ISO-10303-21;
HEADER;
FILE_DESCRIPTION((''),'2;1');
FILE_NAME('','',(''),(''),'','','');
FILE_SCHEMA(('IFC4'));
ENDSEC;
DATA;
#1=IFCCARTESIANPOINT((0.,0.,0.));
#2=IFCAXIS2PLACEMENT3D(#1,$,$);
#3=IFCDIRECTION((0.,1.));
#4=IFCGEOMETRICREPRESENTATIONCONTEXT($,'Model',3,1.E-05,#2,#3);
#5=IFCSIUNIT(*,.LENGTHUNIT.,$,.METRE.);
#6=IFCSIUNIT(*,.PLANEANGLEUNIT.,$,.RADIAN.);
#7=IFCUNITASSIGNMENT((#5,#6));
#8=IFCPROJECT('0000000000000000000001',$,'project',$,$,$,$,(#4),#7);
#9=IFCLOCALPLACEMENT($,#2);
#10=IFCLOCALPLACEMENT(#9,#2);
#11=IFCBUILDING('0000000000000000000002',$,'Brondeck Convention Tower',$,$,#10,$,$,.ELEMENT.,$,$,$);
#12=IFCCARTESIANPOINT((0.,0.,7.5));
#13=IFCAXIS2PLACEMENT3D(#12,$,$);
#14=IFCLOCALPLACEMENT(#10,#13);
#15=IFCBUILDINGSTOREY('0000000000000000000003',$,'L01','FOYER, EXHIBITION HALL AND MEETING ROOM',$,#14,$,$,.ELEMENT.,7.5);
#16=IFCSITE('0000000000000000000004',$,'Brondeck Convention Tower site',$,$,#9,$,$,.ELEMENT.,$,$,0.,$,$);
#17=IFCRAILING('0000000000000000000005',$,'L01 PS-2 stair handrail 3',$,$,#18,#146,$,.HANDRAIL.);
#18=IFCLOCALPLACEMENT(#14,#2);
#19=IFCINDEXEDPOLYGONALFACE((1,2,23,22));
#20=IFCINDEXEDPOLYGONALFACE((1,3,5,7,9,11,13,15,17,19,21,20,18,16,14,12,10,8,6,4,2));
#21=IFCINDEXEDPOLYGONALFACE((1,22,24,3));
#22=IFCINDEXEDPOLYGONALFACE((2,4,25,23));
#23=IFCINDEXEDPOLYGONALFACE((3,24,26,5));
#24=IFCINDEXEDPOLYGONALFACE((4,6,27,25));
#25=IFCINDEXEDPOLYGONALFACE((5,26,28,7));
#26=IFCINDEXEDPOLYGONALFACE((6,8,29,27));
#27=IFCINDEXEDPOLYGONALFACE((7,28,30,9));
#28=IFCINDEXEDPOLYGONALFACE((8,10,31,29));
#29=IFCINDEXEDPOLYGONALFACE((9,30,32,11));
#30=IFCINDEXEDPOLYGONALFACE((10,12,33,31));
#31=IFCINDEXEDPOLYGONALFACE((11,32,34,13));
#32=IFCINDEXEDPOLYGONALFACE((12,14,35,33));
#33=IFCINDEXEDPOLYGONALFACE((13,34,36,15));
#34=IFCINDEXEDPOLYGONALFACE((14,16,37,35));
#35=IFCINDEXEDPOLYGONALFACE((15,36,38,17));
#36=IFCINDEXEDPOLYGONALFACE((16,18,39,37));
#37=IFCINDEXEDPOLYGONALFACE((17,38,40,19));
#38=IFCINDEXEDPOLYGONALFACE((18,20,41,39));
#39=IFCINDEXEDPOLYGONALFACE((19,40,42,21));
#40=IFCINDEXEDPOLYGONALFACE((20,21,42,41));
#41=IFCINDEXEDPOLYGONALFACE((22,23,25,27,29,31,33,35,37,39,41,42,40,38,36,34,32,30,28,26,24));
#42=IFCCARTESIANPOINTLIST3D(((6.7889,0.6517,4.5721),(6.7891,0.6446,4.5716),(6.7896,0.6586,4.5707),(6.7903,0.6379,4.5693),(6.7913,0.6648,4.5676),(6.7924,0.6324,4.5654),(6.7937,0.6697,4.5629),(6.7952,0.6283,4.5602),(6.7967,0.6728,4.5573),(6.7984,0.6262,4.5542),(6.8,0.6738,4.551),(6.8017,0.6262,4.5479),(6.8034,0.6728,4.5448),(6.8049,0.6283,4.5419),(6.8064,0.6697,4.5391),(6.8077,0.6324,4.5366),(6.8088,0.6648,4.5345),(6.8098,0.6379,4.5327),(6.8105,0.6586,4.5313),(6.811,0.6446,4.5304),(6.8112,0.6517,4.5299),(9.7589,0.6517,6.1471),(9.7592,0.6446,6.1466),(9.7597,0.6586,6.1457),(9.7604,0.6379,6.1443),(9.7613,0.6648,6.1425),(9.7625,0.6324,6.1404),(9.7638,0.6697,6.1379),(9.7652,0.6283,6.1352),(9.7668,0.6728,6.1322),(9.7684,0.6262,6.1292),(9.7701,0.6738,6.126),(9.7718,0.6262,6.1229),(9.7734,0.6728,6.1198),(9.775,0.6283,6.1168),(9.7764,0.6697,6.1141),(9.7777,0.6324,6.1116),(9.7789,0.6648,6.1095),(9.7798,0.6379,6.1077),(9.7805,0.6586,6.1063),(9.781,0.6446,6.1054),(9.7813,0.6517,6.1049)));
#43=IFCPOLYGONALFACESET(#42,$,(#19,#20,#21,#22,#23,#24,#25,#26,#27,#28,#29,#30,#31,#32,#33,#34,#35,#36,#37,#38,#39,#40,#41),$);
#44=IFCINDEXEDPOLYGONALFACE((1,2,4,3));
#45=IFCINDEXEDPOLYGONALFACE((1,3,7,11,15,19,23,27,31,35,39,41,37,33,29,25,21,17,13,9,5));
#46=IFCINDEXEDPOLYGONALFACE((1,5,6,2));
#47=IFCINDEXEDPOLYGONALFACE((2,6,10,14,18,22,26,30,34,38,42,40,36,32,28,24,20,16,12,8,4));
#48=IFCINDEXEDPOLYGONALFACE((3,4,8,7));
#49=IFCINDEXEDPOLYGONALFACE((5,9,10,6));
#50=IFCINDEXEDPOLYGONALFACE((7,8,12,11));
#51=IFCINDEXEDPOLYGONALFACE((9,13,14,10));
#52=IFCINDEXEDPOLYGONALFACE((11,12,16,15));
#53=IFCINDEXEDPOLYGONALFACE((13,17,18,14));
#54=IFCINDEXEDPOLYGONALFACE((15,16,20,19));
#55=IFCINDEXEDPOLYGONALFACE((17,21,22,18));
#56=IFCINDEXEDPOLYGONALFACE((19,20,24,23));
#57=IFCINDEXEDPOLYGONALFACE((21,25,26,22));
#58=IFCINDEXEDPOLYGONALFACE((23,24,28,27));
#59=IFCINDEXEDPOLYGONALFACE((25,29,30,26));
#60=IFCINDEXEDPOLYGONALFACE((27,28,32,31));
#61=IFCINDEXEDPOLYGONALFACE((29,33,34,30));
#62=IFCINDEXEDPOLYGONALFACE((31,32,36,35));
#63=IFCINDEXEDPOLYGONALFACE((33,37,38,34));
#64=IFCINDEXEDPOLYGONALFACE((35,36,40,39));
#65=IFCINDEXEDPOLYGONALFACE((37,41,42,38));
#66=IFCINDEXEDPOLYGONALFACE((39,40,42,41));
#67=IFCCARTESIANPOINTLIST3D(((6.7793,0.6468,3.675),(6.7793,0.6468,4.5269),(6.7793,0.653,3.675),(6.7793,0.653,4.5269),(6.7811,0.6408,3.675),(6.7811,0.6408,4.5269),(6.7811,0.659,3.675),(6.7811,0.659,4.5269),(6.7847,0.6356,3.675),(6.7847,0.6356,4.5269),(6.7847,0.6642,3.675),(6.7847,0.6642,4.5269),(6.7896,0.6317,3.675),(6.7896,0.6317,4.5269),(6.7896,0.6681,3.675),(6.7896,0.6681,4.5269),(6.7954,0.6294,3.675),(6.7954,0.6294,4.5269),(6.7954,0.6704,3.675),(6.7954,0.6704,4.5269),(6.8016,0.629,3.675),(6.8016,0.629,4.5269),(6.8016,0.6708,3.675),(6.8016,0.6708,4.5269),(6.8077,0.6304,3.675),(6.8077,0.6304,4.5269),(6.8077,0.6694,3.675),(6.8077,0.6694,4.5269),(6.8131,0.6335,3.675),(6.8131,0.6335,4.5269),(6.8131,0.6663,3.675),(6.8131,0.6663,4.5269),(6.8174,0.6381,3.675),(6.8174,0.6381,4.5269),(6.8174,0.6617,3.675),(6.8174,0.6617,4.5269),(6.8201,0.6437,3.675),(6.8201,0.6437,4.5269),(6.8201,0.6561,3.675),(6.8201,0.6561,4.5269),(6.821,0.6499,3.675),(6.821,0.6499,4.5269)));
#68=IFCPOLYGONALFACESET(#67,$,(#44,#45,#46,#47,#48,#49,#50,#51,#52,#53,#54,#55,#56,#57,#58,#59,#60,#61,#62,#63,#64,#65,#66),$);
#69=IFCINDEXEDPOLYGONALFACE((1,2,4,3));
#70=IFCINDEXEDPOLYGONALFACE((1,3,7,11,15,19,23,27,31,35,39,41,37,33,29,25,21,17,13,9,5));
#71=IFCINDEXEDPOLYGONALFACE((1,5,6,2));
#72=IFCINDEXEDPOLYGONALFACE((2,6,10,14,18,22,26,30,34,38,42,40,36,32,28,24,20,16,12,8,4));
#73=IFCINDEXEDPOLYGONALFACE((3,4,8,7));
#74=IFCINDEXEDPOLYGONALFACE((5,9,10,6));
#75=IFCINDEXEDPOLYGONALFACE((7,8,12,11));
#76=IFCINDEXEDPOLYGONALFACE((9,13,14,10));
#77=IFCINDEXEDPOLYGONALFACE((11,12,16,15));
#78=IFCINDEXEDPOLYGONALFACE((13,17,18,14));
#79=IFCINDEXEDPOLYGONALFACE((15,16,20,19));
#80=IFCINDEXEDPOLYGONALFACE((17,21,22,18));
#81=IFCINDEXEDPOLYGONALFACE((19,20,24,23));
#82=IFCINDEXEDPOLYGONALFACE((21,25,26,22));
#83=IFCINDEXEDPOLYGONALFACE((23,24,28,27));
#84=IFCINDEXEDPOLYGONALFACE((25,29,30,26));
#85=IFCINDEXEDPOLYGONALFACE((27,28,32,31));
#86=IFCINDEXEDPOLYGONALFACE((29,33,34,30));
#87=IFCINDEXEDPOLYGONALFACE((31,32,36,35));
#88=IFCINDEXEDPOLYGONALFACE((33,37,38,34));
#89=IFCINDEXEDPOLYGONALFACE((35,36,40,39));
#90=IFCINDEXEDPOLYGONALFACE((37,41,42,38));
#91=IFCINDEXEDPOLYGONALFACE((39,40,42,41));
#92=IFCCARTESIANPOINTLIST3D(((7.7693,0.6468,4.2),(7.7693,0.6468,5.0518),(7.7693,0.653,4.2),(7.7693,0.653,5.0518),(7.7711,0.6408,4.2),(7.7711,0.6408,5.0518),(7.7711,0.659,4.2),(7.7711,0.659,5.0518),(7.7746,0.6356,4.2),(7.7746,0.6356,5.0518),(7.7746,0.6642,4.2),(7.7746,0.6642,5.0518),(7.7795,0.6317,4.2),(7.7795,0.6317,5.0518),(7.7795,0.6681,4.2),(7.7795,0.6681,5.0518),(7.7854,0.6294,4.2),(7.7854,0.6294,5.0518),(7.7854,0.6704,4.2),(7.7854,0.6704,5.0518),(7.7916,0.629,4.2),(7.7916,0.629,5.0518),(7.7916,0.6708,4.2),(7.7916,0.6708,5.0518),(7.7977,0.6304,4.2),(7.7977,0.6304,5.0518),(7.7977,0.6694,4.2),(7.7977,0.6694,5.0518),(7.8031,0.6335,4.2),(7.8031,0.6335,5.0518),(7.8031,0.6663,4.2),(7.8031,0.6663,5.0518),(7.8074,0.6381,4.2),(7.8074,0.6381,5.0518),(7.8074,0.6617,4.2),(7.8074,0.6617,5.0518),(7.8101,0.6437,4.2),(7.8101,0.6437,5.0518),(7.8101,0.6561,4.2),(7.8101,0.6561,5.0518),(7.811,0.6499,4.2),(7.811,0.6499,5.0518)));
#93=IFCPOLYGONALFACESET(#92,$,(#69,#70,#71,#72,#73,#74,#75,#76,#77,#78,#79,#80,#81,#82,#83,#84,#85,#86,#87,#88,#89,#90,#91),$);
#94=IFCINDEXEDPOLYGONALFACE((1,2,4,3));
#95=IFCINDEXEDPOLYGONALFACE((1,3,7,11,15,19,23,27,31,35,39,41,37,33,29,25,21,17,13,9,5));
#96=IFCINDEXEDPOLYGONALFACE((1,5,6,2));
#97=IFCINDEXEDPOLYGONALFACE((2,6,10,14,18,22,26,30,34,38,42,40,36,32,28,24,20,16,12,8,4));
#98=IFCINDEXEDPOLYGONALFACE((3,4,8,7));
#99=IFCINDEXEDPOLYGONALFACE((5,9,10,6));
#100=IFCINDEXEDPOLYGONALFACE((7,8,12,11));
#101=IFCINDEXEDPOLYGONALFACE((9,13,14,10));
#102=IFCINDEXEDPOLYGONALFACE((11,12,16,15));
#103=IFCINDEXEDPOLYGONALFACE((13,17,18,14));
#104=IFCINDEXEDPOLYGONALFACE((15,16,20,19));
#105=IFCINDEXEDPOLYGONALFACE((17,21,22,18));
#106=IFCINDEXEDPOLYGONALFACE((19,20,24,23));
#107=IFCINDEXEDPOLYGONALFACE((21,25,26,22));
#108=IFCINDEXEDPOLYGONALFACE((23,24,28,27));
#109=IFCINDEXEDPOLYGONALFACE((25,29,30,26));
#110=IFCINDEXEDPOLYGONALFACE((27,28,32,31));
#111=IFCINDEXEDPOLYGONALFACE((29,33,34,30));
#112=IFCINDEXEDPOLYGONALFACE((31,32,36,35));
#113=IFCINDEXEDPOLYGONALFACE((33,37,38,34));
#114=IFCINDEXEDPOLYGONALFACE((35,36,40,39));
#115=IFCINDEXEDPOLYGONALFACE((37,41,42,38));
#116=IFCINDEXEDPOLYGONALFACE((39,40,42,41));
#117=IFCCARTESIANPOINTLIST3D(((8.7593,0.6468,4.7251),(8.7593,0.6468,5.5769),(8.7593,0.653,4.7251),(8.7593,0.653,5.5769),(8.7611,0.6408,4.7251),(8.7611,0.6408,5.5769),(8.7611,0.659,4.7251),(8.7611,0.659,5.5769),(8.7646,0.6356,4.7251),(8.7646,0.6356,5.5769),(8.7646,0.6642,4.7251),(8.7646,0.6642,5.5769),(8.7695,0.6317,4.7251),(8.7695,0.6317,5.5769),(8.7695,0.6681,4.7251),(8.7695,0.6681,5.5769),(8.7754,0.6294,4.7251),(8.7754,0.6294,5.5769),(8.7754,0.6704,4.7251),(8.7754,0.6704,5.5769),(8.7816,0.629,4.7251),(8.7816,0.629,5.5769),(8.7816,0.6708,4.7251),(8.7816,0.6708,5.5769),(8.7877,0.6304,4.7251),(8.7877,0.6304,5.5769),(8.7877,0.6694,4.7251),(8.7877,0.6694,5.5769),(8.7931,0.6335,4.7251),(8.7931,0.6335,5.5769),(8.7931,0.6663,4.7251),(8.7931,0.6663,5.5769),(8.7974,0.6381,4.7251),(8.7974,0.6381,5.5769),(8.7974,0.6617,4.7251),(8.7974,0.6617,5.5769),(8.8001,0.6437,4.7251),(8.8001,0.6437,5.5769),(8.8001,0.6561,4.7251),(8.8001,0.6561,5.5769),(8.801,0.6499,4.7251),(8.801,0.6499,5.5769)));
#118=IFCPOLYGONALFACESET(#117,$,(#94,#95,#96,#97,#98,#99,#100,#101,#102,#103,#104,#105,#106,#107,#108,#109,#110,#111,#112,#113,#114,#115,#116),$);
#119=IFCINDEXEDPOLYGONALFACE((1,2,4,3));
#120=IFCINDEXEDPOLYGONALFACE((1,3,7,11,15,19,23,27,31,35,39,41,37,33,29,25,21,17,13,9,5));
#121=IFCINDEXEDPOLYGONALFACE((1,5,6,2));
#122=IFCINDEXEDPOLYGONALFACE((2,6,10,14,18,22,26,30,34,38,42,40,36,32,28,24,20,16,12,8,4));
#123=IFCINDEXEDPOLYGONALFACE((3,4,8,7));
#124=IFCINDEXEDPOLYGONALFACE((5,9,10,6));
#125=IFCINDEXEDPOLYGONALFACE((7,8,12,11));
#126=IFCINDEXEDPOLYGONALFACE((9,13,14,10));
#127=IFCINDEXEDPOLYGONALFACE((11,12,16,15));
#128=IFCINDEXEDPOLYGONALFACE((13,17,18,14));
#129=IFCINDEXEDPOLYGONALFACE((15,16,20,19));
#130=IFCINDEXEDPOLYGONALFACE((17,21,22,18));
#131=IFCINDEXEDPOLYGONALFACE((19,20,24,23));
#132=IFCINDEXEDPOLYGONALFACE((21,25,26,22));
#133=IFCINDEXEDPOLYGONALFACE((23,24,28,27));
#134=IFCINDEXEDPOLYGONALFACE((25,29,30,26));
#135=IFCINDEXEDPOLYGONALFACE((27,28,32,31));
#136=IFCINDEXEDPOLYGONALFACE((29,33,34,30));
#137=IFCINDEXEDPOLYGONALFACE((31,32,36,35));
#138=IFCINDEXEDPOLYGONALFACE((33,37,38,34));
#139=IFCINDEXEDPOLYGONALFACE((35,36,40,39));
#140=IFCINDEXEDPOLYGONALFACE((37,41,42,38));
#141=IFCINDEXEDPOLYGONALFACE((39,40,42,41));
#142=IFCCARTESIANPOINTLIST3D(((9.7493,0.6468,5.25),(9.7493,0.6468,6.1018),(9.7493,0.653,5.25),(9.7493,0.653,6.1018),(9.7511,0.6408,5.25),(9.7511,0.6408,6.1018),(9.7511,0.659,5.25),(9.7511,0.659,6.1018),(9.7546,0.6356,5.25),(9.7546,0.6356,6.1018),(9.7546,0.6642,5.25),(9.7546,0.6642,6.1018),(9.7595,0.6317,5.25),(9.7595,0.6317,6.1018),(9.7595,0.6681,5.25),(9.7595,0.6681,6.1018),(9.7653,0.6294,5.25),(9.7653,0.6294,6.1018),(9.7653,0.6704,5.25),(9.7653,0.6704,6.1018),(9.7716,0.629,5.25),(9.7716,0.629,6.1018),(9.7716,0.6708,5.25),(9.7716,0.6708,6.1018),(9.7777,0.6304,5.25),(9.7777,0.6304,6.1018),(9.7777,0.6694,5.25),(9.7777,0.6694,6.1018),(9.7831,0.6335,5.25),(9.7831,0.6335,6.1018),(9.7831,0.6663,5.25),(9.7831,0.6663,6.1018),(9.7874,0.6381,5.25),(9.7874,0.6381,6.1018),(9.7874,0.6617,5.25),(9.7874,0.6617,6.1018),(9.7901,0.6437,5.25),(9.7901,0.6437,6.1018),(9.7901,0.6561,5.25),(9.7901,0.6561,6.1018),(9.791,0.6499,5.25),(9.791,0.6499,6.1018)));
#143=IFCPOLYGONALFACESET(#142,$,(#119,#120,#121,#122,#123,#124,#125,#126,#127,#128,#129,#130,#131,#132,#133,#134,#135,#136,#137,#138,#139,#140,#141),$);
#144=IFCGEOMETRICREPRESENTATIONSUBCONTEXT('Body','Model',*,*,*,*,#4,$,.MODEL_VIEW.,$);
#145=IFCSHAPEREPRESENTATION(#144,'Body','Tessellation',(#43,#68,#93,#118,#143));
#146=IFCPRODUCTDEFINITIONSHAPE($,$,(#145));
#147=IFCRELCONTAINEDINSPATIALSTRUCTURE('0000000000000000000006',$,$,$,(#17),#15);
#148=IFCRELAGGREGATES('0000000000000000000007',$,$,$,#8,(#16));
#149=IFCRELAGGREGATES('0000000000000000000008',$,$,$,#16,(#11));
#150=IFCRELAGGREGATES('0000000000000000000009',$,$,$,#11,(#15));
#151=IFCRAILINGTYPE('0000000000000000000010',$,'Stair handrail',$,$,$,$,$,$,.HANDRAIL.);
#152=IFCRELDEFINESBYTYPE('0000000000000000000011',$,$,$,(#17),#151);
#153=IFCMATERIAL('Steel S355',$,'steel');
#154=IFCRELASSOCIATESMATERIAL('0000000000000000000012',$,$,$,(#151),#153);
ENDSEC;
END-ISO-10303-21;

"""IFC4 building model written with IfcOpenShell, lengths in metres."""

from ifc_helpers import new_model, si_unit, direction, frame, origin, origin_2d, place, context, subcontext, project, spatial, circle, extrude, material, type_object, element, save


model = new_model("IFC4")

# Units and contexts
model_context = context("Model", 3, precision=1e-05, world=origin(), true_north=direction((0.0, 1.0)))
body_context = subcontext(model_context, "Body", "Model", "MODEL_VIEW")
ifc_project = project(units=[si_unit("LENGTHUNIT", "METRE"), si_unit("PLANEANGLEUNIT", "RADIAN")], contexts=[model_context])

# Site, building, storey
site_placement = place(None, origin())
site = spatial("IfcSite", under=ifc_project, at=site_placement, Name="Brondeck Convention Tower site", CompositionType="ELEMENT", RefElevation=0.0)
building_placement = place(site_placement, origin())
building = spatial("IfcBuilding", under=site, at=building_placement, Name="Brondeck Convention Tower", CompositionType="ELEMENT")
storey_placement = place(building_placement, frame((0.0, 0.0, 7.5)))
storey = spatial("IfcBuildingStorey", under=building, at=storey_placement, Name="L01", Description="FOYER, EXHIBITION HALL AND MEETING ROOM", CompositionType="ELEMENT", Elevation=7.5)

# Railing
ifc_material_1 = material(Name="Steel S355", Category="steel")
railing_type_1 = type_object("IfcRailingType", Name="Stair handrail", PredefinedType="HANDRAIL", material=ifc_material_1)
railing_1_placement = place(storey_placement, frame((6.8, 0.6499, 3.675)))
element("IfcRailing", 1, at=railing_1_placement, inside=storey, type_object=railing_type_1, Name="L01 PS-2 stair handrail 3", PredefinedType="HANDRAIL", context=body_context, shape_type="SweptSolid", body=[
    extrude(circle(Radius=0.0239, at=origin_2d()), frame((0.0, 0.0, 0.876), z_axis=(0.883466, 0.0, 0.468495), x_axis=(0.0, 1.0, 0.0)), (0.0, 0.0, 1.0), 3.3618),
    extrude(circle(Radius=0.021, at=origin_2d()), origin(), (0.0, 0.0, 1.0), 0.8518),
    extrude(circle(Radius=0.021, at=origin_2d()), frame((0.99, 0.0, 0.5249)), (0.0, 0.0, 1.0), 0.8518),
    extrude(circle(Radius=0.021, at=origin_2d()), frame((1.98, 0.0, 1.05)), (0.0, 0.0, 1.0), 0.8518),
    extrude(circle(Radius=0.021, at=origin_2d()), frame((2.97, 0.0, 1.575)), (0.0, 0.0, 1.0), 0.8518),
])

save(model, "model.ifc")
